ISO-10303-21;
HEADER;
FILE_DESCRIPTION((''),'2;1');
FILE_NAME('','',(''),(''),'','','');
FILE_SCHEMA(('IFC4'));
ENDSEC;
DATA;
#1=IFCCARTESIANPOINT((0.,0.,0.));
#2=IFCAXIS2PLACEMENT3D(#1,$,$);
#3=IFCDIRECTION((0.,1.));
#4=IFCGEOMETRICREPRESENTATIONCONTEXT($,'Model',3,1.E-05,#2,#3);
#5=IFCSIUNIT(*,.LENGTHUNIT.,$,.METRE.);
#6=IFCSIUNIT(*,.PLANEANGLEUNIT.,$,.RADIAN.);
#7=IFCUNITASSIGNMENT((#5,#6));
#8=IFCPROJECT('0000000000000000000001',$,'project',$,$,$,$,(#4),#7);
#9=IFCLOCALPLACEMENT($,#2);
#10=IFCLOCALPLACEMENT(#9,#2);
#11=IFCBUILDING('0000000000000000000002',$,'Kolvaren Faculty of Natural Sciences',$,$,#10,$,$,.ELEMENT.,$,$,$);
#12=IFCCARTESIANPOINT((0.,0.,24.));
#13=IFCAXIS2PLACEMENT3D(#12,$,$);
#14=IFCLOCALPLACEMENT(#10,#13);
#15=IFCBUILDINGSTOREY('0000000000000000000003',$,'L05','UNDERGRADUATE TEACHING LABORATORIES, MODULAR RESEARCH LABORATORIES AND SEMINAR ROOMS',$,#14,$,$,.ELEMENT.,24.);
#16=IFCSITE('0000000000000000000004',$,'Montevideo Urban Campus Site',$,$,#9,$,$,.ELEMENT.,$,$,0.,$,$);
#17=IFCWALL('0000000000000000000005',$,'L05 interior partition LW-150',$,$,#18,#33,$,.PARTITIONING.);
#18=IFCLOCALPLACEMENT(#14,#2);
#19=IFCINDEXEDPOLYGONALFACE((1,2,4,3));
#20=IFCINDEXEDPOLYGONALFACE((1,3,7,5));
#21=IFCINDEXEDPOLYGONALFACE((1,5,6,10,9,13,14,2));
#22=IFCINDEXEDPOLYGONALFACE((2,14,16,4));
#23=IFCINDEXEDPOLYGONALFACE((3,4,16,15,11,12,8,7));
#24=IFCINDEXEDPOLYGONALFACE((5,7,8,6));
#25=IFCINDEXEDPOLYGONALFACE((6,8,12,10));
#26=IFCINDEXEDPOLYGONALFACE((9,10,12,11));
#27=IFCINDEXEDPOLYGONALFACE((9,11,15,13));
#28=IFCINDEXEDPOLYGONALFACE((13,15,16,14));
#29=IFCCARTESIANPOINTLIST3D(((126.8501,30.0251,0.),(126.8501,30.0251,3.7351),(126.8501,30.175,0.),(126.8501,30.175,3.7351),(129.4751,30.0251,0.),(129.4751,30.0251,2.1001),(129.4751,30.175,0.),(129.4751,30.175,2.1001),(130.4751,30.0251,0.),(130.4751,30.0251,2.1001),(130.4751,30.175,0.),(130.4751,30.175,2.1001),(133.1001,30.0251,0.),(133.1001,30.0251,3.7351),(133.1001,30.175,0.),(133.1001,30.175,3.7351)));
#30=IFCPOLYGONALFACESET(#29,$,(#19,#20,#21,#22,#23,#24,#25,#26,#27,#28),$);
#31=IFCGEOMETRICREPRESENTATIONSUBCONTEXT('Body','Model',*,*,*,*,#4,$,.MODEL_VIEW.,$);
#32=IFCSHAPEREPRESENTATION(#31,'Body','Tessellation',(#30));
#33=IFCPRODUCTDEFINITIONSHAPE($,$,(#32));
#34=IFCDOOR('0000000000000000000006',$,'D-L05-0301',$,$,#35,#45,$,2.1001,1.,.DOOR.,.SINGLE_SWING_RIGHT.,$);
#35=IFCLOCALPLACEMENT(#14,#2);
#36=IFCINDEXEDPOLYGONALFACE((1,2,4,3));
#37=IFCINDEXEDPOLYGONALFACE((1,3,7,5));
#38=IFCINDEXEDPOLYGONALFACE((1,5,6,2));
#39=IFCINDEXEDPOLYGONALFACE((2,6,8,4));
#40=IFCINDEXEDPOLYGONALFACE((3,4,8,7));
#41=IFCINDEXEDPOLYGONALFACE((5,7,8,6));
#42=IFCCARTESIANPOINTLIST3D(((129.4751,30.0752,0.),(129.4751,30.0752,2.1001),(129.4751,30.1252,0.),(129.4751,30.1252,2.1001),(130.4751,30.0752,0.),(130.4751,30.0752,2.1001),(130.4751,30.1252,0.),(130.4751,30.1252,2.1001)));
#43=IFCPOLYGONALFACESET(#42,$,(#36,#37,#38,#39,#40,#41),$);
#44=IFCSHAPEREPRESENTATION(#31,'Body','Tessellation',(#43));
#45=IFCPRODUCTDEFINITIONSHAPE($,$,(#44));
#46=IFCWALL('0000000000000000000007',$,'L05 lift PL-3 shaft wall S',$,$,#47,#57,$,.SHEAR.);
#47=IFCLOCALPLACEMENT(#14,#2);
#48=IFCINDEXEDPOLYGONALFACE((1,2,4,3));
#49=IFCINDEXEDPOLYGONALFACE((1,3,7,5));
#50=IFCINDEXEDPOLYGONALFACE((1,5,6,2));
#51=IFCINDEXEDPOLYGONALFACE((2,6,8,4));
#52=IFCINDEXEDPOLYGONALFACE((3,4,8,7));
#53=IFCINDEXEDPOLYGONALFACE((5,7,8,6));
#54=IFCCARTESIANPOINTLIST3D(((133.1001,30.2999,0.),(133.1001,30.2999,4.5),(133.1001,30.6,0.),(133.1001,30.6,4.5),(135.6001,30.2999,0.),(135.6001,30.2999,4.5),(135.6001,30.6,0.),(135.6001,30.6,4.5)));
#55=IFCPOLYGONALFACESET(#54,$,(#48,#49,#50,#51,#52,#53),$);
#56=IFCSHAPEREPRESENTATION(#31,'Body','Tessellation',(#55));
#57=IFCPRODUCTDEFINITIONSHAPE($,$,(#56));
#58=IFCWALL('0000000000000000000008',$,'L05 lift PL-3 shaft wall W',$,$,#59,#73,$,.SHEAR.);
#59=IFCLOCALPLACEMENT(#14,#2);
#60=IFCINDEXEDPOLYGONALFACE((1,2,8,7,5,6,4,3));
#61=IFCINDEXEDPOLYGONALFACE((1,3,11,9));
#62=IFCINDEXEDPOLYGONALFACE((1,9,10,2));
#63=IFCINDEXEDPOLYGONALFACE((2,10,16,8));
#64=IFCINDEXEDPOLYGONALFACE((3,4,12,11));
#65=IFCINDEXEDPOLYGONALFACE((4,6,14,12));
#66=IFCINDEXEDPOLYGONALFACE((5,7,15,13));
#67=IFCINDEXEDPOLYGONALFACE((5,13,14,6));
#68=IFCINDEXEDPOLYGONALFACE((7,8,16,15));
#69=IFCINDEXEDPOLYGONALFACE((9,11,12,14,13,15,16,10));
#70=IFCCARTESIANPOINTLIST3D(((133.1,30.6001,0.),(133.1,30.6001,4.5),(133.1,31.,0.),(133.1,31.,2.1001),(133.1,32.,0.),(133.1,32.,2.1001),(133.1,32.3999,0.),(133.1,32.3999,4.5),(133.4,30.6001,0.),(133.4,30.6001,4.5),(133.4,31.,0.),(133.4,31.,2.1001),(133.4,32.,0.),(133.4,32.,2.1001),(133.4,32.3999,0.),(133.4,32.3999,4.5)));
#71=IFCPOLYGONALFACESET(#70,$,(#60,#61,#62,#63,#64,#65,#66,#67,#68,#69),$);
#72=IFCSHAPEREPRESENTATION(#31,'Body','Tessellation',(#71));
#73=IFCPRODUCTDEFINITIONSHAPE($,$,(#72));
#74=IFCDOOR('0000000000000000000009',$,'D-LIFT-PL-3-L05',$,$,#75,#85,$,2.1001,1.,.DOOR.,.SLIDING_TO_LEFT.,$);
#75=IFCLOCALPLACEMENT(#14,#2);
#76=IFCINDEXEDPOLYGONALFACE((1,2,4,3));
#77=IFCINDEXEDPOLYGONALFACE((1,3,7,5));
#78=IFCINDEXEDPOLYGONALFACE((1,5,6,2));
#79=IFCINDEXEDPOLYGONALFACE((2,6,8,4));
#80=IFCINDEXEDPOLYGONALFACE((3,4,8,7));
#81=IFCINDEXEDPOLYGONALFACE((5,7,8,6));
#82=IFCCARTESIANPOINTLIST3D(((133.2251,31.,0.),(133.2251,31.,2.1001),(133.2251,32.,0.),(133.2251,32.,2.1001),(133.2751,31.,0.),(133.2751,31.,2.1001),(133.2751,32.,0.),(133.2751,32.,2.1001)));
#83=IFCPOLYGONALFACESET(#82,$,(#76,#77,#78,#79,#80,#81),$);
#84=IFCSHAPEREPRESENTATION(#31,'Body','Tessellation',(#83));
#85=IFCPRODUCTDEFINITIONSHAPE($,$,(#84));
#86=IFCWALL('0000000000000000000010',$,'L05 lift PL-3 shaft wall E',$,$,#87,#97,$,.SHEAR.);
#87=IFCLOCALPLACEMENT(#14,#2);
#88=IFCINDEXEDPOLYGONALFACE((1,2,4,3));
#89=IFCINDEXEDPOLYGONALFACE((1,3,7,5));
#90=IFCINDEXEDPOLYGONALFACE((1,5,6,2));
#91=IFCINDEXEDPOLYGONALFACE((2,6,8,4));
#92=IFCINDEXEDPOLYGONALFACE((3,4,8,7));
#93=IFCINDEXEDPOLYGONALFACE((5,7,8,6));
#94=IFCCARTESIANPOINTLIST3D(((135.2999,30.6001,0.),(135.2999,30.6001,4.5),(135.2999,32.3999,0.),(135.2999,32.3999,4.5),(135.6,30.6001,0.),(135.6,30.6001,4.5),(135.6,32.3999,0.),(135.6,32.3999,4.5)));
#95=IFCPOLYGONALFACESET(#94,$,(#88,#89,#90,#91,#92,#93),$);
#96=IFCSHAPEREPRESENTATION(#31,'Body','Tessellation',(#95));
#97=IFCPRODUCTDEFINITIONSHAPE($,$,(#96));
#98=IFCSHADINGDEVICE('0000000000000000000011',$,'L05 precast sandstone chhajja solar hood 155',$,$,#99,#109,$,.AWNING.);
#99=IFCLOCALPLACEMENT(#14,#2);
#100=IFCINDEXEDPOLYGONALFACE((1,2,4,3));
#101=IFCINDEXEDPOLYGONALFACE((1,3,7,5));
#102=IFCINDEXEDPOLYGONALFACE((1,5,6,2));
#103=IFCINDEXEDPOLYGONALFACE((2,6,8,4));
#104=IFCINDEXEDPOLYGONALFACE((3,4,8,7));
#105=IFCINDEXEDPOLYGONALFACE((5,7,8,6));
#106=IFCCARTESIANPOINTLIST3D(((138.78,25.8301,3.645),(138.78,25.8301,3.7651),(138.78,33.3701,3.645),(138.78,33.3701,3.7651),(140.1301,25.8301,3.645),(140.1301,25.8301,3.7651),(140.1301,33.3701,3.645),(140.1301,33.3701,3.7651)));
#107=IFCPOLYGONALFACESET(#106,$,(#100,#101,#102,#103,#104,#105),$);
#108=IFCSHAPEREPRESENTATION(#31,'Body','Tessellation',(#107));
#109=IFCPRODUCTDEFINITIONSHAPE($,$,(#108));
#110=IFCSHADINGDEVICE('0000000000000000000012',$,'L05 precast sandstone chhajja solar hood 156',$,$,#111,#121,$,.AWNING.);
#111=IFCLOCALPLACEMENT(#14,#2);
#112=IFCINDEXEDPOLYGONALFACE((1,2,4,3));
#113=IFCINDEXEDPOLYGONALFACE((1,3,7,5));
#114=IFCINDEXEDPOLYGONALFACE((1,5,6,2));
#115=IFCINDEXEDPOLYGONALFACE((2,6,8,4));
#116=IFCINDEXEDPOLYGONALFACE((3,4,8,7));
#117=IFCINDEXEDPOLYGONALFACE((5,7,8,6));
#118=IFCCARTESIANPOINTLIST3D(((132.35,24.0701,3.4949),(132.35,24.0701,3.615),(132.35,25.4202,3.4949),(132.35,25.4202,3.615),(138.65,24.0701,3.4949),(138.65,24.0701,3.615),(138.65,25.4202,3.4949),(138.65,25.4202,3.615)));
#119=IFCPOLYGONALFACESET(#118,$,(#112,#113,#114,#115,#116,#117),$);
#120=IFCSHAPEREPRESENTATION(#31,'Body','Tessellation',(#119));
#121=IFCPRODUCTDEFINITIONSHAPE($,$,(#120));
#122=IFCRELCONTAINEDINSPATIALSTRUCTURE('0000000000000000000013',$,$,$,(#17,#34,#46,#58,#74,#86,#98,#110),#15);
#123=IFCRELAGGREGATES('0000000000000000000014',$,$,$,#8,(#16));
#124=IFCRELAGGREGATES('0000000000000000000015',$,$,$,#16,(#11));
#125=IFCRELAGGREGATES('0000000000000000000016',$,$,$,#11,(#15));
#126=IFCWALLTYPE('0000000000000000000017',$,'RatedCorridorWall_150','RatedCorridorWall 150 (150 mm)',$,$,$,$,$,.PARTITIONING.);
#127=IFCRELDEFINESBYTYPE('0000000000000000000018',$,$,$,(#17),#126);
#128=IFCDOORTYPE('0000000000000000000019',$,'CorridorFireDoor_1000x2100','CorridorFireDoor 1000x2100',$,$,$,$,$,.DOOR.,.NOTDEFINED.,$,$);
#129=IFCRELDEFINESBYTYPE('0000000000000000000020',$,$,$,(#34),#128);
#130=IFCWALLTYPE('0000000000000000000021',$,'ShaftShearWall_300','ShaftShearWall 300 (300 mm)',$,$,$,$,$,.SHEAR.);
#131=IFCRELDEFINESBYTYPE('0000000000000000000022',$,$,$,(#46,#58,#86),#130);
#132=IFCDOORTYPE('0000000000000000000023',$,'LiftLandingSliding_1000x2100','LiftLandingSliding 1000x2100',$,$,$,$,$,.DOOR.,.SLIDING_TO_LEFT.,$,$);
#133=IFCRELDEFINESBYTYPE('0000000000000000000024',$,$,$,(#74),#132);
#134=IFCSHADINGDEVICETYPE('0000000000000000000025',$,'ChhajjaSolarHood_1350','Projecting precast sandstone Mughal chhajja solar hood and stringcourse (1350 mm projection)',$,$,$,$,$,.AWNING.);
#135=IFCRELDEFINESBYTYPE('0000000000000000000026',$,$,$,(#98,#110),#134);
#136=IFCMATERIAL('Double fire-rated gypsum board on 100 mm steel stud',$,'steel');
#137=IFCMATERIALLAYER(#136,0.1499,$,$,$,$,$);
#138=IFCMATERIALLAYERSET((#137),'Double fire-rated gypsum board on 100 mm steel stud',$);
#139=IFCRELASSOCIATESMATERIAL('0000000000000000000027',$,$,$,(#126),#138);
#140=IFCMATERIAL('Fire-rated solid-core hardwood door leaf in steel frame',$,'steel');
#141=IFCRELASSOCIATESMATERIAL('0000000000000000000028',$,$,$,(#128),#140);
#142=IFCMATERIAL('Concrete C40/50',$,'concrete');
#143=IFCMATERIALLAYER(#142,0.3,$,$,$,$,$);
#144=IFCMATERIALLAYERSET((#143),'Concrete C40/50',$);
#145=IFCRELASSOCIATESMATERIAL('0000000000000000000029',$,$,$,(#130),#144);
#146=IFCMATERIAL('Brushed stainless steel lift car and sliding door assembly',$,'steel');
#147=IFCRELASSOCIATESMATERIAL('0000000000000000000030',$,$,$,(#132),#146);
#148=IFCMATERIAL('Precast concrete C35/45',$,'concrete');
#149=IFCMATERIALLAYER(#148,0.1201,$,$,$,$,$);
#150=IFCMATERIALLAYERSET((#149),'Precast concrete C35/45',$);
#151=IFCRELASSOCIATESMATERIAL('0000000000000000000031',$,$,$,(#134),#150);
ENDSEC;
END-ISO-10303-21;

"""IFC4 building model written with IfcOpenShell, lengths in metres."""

from ifc_helpers import new_model, si_unit, direction, frame, frame_2d, origin, origin_2d, place, context, subcontext, project, spatial, rectangle, extrude, material, layer, layer_set, type_object, element, fill, save


model = new_model("IFC4")

# Units and contexts
model_context = context("Model", 3, precision=1e-05, world=origin(), true_north=direction((0.0, 1.0)))
body_context = subcontext(model_context, "Body", "Model", "MODEL_VIEW")
ifc_project = project(units=[si_unit("LENGTHUNIT", "METRE"), si_unit("PLANEANGLEUNIT", "RADIAN")], contexts=[model_context])

# Site, building, storey
site_placement = place(None, origin())
site = spatial("IfcSite", under=ifc_project, at=site_placement, Name="Montevideo Urban Campus Site", CompositionType="ELEMENT", RefElevation=0.0)
building_placement = place(site_placement, origin())
building = spatial("IfcBuilding", under=site, at=building_placement, Name="Kolvaren Faculty of Natural Sciences", CompositionType="ELEMENT")
storey_placement = place(building_placement, frame((0.0, 0.0, 24.0)))
storey = spatial("IfcBuildingStorey", under=building, at=storey_placement, Name="L05", Description="UNDERGRADUATE TEACHING LABORATORIES, MODULAR RESEARCH LABORATORIES AND SEMINAR ROOMS", CompositionType="ELEMENT", Elevation=24.0)

# Shared definitions
ifc_material_1 = material(Name="Precast concrete C35/45", Category="concrete")

# Wall, opening, door
ifc_material_2 = material(Name="Double fire-rated gypsum board on 100 mm steel stud", Category="steel")
ifc_layer_1 = layer(ifc_material_2, 0.1499)
ifc_layer_set_1 = layer_set([ifc_layer_1], Name="Double fire-rated gypsum board on 100 mm steel stud")
wall_type_1 = type_object("IfcWallType", Name="RatedCorridorWall_150", Description="RatedCorridorWall 150 (150 mm)", PredefinedType="PARTITIONING", material=ifc_layer_set_1)
wall_1_placement = place(storey_placement, frame((133.1001, 30.1001, 0.0), z_axis=(0.0, 0.0, 1.0), x_axis=(-1.0, 0.0, 0.0)))
wall_1 = element("IfcWall", 1, at=wall_1_placement, inside=storey, type_object=wall_type_1, Name="L05 interior partition LW-150", PredefinedType="PARTITIONING", context=body_context, shape_type="SweptSolid", body=[
    extrude(rectangle(XDim=6.25, YDim=0.1499, at=frame_2d((3.125, 0.0))), origin(), (0.0, 0.0, 1.0), 3.7351),
])
opening_1_placement = place(wall_1_placement, frame((2.625, 0.0, 0.0)))
opening_1 = element("IfcOpeningElement", 2, at=opening_1_placement, cuts=wall_1, PredefinedType="OPENING", context=body_context, shape_type="SweptSolid", body=[
    extrude(rectangle(XDim=1.0, YDim=2.1001, at=frame_2d((0.5, 1.05))), frame((0.0, 0.085, 0.0), z_axis=(0.0, -1.0, 0.0), x_axis=(1.0, 0.0, 0.0)), (0.0, 0.0, 1.0), 0.1699),
])
ifc_material_3 = material(Name="Fire-rated solid-core hardwood door leaf in steel frame", Category="steel")
door_type_1 = type_object("IfcDoorType", Name="CorridorFireDoor_1000x2100", Description="CorridorFireDoor 1000x2100", OperationType="NOTDEFINED", PredefinedType="DOOR", material=ifc_material_3)
door_1_placement = place(opening_1_placement, origin())
door_1 = element("IfcDoor", 3, at=door_1_placement, inside=storey, type_object=door_type_1, Name="D-L05-0301", OperationType="SINGLE_SWING_RIGHT", OverallHeight=2.1001, OverallWidth=1.0, PredefinedType="DOOR", context=body_context, shape_type="SweptSolid", body=[
    extrude(rectangle(XDim=1.0, YDim=2.1001, at=frame_2d((0.5, 1.05))), frame((0.0, 0.0249, 0.0), z_axis=(0.0, -1.0, 0.0), x_axis=(1.0, 0.0, 0.0)), (0.0, 0.0, 1.0), 0.05),
])
fill(opening_1, door_1)

# Wall
ifc_material_4 = material(Name="Concrete C40/50", Category="concrete")
ifc_layer_2 = layer(ifc_material_4, 0.3)
ifc_layer_set_2 = layer_set([ifc_layer_2], Name="Concrete C40/50")
wall_type_2 = type_object("IfcWallType", Name="ShaftShearWall_300", Description="ShaftShearWall 300 (300 mm)", PredefinedType="SHEAR", material=ifc_layer_set_2)
wall_2_placement = place(storey_placement, frame((133.1001, 30.45, 0.0), z_axis=(0.0, 0.0, 1.0), x_axis=(1.0, 0.0, 0.0)))
element("IfcWall", 4, at=wall_2_placement, inside=storey, type_object=wall_type_2, Name="L05 lift PL-3 shaft wall S", PredefinedType="SHEAR", context=body_context, shape_type="SweptSolid", body=[
    extrude(rectangle(XDim=2.5, YDim=0.3, at=frame_2d((1.25, 0.0))), origin(), (0.0, 0.0, 1.0), 4.5),
])

# Wall, opening, door
wall_3_placement = place(storey_placement, frame((133.25, 30.6001, 0.0), z_axis=(0.0, 0.0, 1.0), x_axis=(0.0, 1.0, 0.0)))
wall_3 = element("IfcWall", 5, at=wall_3_placement, inside=storey, type_object=wall_type_2, Name="L05 lift PL-3 shaft wall W", PredefinedType="SHEAR", context=body_context, shape_type="SweptSolid", body=[
    extrude(rectangle(XDim=1.7998, YDim=0.3, at=frame_2d((0.8999, 0.0))), origin(), (0.0, 0.0, 1.0), 4.5),
])
opening_2_placement = place(wall_3_placement, frame((0.3999, 0.0, 0.0)))
opening_2 = element("IfcOpeningElement", 6, at=opening_2_placement, cuts=wall_3, PredefinedType="OPENING", context=body_context, shape_type="SweptSolid", body=[
    extrude(rectangle(XDim=1.0, YDim=2.1001, at=frame_2d((0.5, 1.05))), frame((0.0, 0.1599, 0.0), z_axis=(0.0, -1.0, 0.0), x_axis=(1.0, 0.0, 0.0)), (0.0, 0.0, 1.0), 0.3201),
])
ifc_material_5 = material(Name="Brushed stainless steel lift car and sliding door assembly", Category="steel")
door_type_2 = type_object("IfcDoorType", Name="LiftLandingSliding_1000x2100", Description="LiftLandingSliding 1000x2100", OperationType="SLIDING_TO_LEFT", PredefinedType="DOOR", material=ifc_material_5)
door_2_placement = place(opening_2_placement, origin())
door_2 = element("IfcDoor", 7, at=door_2_placement, inside=storey, type_object=door_type_2, Name="D-LIFT-PL-3-L05", OperationType="SLIDING_TO_LEFT", OverallHeight=2.1001, OverallWidth=1.0, PredefinedType="DOOR", context=body_context, shape_type="SweptSolid", body=[
    extrude(rectangle(XDim=1.0, YDim=2.1001, at=frame_2d((0.5, 1.05))), frame((0.0, 0.0249, 0.0), z_axis=(0.0, -1.0, 0.0), x_axis=(1.0, 0.0, 0.0)), (0.0, 0.0, 1.0), 0.05),
])
fill(opening_2, door_2)

# Wall
wall_4_placement = place(storey_placement, frame((135.45, 30.6001, 0.0), z_axis=(0.0, 0.0, 1.0), x_axis=(0.0, 1.0, 0.0)))
element("IfcWall", 8, at=wall_4_placement, inside=storey, type_object=wall_type_2, Name="L05 lift PL-3 shaft wall E", PredefinedType="SHEAR", context=body_context, shape_type="SweptSolid", body=[
    extrude(rectangle(XDim=1.7998, YDim=0.3, at=frame_2d((0.8999, 0.0))), origin(), (0.0, 0.0, 1.0), 4.5),
])

# Shading devices
ifc_layer_3 = layer(ifc_material_1, 0.1201)
ifc_layer_set_3 = layer_set([ifc_layer_3], Name="Precast concrete C35/45")
shading_device_type = type_object("IfcShadingDeviceType", Name="ChhajjaSolarHood_1350", Description="Projecting precast sandstone Mughal chhajja solar hood and stringcourse (1350 mm projection)", PredefinedType="AWNING", material=ifc_layer_set_3)
shading_device_1_placement = place(storey_placement, frame((139.4551, 29.6001, 3.645), z_axis=(0.0, 0.0, 1.0), x_axis=(0.0, -1.0, 0.0)))
element("IfcShadingDevice", 9, at=shading_device_1_placement, inside=storey, type_object=shading_device_type, Name="L05 precast sandstone chhajja solar hood 155", PredefinedType="AWNING", context=body_context, shape_type="SweptSolid", body=[
    extrude(rectangle(XDim=7.54, YDim=1.3501, at=origin_2d()), origin(), (0.0, 0.0, 1.0), 0.1201),
])
shading_device_2_placement = place(storey_placement, frame((135.5, 24.7451, 3.4949), z_axis=(0.0, 0.0, 1.0), x_axis=(-1.0, 0.0, 0.0)))
element("IfcShadingDevice", 10, at=shading_device_2_placement, inside=storey, type_object=shading_device_type, Name="L05 precast sandstone chhajja solar hood 156", PredefinedType="AWNING", context=body_context, shape_type="SweptSolid", body=[
    extrude(rectangle(XDim=6.3, YDim=1.3501, at=origin_2d()), origin(), (0.0, 0.0, 1.0), 0.1201),
])

save(model, "model.ifc")
